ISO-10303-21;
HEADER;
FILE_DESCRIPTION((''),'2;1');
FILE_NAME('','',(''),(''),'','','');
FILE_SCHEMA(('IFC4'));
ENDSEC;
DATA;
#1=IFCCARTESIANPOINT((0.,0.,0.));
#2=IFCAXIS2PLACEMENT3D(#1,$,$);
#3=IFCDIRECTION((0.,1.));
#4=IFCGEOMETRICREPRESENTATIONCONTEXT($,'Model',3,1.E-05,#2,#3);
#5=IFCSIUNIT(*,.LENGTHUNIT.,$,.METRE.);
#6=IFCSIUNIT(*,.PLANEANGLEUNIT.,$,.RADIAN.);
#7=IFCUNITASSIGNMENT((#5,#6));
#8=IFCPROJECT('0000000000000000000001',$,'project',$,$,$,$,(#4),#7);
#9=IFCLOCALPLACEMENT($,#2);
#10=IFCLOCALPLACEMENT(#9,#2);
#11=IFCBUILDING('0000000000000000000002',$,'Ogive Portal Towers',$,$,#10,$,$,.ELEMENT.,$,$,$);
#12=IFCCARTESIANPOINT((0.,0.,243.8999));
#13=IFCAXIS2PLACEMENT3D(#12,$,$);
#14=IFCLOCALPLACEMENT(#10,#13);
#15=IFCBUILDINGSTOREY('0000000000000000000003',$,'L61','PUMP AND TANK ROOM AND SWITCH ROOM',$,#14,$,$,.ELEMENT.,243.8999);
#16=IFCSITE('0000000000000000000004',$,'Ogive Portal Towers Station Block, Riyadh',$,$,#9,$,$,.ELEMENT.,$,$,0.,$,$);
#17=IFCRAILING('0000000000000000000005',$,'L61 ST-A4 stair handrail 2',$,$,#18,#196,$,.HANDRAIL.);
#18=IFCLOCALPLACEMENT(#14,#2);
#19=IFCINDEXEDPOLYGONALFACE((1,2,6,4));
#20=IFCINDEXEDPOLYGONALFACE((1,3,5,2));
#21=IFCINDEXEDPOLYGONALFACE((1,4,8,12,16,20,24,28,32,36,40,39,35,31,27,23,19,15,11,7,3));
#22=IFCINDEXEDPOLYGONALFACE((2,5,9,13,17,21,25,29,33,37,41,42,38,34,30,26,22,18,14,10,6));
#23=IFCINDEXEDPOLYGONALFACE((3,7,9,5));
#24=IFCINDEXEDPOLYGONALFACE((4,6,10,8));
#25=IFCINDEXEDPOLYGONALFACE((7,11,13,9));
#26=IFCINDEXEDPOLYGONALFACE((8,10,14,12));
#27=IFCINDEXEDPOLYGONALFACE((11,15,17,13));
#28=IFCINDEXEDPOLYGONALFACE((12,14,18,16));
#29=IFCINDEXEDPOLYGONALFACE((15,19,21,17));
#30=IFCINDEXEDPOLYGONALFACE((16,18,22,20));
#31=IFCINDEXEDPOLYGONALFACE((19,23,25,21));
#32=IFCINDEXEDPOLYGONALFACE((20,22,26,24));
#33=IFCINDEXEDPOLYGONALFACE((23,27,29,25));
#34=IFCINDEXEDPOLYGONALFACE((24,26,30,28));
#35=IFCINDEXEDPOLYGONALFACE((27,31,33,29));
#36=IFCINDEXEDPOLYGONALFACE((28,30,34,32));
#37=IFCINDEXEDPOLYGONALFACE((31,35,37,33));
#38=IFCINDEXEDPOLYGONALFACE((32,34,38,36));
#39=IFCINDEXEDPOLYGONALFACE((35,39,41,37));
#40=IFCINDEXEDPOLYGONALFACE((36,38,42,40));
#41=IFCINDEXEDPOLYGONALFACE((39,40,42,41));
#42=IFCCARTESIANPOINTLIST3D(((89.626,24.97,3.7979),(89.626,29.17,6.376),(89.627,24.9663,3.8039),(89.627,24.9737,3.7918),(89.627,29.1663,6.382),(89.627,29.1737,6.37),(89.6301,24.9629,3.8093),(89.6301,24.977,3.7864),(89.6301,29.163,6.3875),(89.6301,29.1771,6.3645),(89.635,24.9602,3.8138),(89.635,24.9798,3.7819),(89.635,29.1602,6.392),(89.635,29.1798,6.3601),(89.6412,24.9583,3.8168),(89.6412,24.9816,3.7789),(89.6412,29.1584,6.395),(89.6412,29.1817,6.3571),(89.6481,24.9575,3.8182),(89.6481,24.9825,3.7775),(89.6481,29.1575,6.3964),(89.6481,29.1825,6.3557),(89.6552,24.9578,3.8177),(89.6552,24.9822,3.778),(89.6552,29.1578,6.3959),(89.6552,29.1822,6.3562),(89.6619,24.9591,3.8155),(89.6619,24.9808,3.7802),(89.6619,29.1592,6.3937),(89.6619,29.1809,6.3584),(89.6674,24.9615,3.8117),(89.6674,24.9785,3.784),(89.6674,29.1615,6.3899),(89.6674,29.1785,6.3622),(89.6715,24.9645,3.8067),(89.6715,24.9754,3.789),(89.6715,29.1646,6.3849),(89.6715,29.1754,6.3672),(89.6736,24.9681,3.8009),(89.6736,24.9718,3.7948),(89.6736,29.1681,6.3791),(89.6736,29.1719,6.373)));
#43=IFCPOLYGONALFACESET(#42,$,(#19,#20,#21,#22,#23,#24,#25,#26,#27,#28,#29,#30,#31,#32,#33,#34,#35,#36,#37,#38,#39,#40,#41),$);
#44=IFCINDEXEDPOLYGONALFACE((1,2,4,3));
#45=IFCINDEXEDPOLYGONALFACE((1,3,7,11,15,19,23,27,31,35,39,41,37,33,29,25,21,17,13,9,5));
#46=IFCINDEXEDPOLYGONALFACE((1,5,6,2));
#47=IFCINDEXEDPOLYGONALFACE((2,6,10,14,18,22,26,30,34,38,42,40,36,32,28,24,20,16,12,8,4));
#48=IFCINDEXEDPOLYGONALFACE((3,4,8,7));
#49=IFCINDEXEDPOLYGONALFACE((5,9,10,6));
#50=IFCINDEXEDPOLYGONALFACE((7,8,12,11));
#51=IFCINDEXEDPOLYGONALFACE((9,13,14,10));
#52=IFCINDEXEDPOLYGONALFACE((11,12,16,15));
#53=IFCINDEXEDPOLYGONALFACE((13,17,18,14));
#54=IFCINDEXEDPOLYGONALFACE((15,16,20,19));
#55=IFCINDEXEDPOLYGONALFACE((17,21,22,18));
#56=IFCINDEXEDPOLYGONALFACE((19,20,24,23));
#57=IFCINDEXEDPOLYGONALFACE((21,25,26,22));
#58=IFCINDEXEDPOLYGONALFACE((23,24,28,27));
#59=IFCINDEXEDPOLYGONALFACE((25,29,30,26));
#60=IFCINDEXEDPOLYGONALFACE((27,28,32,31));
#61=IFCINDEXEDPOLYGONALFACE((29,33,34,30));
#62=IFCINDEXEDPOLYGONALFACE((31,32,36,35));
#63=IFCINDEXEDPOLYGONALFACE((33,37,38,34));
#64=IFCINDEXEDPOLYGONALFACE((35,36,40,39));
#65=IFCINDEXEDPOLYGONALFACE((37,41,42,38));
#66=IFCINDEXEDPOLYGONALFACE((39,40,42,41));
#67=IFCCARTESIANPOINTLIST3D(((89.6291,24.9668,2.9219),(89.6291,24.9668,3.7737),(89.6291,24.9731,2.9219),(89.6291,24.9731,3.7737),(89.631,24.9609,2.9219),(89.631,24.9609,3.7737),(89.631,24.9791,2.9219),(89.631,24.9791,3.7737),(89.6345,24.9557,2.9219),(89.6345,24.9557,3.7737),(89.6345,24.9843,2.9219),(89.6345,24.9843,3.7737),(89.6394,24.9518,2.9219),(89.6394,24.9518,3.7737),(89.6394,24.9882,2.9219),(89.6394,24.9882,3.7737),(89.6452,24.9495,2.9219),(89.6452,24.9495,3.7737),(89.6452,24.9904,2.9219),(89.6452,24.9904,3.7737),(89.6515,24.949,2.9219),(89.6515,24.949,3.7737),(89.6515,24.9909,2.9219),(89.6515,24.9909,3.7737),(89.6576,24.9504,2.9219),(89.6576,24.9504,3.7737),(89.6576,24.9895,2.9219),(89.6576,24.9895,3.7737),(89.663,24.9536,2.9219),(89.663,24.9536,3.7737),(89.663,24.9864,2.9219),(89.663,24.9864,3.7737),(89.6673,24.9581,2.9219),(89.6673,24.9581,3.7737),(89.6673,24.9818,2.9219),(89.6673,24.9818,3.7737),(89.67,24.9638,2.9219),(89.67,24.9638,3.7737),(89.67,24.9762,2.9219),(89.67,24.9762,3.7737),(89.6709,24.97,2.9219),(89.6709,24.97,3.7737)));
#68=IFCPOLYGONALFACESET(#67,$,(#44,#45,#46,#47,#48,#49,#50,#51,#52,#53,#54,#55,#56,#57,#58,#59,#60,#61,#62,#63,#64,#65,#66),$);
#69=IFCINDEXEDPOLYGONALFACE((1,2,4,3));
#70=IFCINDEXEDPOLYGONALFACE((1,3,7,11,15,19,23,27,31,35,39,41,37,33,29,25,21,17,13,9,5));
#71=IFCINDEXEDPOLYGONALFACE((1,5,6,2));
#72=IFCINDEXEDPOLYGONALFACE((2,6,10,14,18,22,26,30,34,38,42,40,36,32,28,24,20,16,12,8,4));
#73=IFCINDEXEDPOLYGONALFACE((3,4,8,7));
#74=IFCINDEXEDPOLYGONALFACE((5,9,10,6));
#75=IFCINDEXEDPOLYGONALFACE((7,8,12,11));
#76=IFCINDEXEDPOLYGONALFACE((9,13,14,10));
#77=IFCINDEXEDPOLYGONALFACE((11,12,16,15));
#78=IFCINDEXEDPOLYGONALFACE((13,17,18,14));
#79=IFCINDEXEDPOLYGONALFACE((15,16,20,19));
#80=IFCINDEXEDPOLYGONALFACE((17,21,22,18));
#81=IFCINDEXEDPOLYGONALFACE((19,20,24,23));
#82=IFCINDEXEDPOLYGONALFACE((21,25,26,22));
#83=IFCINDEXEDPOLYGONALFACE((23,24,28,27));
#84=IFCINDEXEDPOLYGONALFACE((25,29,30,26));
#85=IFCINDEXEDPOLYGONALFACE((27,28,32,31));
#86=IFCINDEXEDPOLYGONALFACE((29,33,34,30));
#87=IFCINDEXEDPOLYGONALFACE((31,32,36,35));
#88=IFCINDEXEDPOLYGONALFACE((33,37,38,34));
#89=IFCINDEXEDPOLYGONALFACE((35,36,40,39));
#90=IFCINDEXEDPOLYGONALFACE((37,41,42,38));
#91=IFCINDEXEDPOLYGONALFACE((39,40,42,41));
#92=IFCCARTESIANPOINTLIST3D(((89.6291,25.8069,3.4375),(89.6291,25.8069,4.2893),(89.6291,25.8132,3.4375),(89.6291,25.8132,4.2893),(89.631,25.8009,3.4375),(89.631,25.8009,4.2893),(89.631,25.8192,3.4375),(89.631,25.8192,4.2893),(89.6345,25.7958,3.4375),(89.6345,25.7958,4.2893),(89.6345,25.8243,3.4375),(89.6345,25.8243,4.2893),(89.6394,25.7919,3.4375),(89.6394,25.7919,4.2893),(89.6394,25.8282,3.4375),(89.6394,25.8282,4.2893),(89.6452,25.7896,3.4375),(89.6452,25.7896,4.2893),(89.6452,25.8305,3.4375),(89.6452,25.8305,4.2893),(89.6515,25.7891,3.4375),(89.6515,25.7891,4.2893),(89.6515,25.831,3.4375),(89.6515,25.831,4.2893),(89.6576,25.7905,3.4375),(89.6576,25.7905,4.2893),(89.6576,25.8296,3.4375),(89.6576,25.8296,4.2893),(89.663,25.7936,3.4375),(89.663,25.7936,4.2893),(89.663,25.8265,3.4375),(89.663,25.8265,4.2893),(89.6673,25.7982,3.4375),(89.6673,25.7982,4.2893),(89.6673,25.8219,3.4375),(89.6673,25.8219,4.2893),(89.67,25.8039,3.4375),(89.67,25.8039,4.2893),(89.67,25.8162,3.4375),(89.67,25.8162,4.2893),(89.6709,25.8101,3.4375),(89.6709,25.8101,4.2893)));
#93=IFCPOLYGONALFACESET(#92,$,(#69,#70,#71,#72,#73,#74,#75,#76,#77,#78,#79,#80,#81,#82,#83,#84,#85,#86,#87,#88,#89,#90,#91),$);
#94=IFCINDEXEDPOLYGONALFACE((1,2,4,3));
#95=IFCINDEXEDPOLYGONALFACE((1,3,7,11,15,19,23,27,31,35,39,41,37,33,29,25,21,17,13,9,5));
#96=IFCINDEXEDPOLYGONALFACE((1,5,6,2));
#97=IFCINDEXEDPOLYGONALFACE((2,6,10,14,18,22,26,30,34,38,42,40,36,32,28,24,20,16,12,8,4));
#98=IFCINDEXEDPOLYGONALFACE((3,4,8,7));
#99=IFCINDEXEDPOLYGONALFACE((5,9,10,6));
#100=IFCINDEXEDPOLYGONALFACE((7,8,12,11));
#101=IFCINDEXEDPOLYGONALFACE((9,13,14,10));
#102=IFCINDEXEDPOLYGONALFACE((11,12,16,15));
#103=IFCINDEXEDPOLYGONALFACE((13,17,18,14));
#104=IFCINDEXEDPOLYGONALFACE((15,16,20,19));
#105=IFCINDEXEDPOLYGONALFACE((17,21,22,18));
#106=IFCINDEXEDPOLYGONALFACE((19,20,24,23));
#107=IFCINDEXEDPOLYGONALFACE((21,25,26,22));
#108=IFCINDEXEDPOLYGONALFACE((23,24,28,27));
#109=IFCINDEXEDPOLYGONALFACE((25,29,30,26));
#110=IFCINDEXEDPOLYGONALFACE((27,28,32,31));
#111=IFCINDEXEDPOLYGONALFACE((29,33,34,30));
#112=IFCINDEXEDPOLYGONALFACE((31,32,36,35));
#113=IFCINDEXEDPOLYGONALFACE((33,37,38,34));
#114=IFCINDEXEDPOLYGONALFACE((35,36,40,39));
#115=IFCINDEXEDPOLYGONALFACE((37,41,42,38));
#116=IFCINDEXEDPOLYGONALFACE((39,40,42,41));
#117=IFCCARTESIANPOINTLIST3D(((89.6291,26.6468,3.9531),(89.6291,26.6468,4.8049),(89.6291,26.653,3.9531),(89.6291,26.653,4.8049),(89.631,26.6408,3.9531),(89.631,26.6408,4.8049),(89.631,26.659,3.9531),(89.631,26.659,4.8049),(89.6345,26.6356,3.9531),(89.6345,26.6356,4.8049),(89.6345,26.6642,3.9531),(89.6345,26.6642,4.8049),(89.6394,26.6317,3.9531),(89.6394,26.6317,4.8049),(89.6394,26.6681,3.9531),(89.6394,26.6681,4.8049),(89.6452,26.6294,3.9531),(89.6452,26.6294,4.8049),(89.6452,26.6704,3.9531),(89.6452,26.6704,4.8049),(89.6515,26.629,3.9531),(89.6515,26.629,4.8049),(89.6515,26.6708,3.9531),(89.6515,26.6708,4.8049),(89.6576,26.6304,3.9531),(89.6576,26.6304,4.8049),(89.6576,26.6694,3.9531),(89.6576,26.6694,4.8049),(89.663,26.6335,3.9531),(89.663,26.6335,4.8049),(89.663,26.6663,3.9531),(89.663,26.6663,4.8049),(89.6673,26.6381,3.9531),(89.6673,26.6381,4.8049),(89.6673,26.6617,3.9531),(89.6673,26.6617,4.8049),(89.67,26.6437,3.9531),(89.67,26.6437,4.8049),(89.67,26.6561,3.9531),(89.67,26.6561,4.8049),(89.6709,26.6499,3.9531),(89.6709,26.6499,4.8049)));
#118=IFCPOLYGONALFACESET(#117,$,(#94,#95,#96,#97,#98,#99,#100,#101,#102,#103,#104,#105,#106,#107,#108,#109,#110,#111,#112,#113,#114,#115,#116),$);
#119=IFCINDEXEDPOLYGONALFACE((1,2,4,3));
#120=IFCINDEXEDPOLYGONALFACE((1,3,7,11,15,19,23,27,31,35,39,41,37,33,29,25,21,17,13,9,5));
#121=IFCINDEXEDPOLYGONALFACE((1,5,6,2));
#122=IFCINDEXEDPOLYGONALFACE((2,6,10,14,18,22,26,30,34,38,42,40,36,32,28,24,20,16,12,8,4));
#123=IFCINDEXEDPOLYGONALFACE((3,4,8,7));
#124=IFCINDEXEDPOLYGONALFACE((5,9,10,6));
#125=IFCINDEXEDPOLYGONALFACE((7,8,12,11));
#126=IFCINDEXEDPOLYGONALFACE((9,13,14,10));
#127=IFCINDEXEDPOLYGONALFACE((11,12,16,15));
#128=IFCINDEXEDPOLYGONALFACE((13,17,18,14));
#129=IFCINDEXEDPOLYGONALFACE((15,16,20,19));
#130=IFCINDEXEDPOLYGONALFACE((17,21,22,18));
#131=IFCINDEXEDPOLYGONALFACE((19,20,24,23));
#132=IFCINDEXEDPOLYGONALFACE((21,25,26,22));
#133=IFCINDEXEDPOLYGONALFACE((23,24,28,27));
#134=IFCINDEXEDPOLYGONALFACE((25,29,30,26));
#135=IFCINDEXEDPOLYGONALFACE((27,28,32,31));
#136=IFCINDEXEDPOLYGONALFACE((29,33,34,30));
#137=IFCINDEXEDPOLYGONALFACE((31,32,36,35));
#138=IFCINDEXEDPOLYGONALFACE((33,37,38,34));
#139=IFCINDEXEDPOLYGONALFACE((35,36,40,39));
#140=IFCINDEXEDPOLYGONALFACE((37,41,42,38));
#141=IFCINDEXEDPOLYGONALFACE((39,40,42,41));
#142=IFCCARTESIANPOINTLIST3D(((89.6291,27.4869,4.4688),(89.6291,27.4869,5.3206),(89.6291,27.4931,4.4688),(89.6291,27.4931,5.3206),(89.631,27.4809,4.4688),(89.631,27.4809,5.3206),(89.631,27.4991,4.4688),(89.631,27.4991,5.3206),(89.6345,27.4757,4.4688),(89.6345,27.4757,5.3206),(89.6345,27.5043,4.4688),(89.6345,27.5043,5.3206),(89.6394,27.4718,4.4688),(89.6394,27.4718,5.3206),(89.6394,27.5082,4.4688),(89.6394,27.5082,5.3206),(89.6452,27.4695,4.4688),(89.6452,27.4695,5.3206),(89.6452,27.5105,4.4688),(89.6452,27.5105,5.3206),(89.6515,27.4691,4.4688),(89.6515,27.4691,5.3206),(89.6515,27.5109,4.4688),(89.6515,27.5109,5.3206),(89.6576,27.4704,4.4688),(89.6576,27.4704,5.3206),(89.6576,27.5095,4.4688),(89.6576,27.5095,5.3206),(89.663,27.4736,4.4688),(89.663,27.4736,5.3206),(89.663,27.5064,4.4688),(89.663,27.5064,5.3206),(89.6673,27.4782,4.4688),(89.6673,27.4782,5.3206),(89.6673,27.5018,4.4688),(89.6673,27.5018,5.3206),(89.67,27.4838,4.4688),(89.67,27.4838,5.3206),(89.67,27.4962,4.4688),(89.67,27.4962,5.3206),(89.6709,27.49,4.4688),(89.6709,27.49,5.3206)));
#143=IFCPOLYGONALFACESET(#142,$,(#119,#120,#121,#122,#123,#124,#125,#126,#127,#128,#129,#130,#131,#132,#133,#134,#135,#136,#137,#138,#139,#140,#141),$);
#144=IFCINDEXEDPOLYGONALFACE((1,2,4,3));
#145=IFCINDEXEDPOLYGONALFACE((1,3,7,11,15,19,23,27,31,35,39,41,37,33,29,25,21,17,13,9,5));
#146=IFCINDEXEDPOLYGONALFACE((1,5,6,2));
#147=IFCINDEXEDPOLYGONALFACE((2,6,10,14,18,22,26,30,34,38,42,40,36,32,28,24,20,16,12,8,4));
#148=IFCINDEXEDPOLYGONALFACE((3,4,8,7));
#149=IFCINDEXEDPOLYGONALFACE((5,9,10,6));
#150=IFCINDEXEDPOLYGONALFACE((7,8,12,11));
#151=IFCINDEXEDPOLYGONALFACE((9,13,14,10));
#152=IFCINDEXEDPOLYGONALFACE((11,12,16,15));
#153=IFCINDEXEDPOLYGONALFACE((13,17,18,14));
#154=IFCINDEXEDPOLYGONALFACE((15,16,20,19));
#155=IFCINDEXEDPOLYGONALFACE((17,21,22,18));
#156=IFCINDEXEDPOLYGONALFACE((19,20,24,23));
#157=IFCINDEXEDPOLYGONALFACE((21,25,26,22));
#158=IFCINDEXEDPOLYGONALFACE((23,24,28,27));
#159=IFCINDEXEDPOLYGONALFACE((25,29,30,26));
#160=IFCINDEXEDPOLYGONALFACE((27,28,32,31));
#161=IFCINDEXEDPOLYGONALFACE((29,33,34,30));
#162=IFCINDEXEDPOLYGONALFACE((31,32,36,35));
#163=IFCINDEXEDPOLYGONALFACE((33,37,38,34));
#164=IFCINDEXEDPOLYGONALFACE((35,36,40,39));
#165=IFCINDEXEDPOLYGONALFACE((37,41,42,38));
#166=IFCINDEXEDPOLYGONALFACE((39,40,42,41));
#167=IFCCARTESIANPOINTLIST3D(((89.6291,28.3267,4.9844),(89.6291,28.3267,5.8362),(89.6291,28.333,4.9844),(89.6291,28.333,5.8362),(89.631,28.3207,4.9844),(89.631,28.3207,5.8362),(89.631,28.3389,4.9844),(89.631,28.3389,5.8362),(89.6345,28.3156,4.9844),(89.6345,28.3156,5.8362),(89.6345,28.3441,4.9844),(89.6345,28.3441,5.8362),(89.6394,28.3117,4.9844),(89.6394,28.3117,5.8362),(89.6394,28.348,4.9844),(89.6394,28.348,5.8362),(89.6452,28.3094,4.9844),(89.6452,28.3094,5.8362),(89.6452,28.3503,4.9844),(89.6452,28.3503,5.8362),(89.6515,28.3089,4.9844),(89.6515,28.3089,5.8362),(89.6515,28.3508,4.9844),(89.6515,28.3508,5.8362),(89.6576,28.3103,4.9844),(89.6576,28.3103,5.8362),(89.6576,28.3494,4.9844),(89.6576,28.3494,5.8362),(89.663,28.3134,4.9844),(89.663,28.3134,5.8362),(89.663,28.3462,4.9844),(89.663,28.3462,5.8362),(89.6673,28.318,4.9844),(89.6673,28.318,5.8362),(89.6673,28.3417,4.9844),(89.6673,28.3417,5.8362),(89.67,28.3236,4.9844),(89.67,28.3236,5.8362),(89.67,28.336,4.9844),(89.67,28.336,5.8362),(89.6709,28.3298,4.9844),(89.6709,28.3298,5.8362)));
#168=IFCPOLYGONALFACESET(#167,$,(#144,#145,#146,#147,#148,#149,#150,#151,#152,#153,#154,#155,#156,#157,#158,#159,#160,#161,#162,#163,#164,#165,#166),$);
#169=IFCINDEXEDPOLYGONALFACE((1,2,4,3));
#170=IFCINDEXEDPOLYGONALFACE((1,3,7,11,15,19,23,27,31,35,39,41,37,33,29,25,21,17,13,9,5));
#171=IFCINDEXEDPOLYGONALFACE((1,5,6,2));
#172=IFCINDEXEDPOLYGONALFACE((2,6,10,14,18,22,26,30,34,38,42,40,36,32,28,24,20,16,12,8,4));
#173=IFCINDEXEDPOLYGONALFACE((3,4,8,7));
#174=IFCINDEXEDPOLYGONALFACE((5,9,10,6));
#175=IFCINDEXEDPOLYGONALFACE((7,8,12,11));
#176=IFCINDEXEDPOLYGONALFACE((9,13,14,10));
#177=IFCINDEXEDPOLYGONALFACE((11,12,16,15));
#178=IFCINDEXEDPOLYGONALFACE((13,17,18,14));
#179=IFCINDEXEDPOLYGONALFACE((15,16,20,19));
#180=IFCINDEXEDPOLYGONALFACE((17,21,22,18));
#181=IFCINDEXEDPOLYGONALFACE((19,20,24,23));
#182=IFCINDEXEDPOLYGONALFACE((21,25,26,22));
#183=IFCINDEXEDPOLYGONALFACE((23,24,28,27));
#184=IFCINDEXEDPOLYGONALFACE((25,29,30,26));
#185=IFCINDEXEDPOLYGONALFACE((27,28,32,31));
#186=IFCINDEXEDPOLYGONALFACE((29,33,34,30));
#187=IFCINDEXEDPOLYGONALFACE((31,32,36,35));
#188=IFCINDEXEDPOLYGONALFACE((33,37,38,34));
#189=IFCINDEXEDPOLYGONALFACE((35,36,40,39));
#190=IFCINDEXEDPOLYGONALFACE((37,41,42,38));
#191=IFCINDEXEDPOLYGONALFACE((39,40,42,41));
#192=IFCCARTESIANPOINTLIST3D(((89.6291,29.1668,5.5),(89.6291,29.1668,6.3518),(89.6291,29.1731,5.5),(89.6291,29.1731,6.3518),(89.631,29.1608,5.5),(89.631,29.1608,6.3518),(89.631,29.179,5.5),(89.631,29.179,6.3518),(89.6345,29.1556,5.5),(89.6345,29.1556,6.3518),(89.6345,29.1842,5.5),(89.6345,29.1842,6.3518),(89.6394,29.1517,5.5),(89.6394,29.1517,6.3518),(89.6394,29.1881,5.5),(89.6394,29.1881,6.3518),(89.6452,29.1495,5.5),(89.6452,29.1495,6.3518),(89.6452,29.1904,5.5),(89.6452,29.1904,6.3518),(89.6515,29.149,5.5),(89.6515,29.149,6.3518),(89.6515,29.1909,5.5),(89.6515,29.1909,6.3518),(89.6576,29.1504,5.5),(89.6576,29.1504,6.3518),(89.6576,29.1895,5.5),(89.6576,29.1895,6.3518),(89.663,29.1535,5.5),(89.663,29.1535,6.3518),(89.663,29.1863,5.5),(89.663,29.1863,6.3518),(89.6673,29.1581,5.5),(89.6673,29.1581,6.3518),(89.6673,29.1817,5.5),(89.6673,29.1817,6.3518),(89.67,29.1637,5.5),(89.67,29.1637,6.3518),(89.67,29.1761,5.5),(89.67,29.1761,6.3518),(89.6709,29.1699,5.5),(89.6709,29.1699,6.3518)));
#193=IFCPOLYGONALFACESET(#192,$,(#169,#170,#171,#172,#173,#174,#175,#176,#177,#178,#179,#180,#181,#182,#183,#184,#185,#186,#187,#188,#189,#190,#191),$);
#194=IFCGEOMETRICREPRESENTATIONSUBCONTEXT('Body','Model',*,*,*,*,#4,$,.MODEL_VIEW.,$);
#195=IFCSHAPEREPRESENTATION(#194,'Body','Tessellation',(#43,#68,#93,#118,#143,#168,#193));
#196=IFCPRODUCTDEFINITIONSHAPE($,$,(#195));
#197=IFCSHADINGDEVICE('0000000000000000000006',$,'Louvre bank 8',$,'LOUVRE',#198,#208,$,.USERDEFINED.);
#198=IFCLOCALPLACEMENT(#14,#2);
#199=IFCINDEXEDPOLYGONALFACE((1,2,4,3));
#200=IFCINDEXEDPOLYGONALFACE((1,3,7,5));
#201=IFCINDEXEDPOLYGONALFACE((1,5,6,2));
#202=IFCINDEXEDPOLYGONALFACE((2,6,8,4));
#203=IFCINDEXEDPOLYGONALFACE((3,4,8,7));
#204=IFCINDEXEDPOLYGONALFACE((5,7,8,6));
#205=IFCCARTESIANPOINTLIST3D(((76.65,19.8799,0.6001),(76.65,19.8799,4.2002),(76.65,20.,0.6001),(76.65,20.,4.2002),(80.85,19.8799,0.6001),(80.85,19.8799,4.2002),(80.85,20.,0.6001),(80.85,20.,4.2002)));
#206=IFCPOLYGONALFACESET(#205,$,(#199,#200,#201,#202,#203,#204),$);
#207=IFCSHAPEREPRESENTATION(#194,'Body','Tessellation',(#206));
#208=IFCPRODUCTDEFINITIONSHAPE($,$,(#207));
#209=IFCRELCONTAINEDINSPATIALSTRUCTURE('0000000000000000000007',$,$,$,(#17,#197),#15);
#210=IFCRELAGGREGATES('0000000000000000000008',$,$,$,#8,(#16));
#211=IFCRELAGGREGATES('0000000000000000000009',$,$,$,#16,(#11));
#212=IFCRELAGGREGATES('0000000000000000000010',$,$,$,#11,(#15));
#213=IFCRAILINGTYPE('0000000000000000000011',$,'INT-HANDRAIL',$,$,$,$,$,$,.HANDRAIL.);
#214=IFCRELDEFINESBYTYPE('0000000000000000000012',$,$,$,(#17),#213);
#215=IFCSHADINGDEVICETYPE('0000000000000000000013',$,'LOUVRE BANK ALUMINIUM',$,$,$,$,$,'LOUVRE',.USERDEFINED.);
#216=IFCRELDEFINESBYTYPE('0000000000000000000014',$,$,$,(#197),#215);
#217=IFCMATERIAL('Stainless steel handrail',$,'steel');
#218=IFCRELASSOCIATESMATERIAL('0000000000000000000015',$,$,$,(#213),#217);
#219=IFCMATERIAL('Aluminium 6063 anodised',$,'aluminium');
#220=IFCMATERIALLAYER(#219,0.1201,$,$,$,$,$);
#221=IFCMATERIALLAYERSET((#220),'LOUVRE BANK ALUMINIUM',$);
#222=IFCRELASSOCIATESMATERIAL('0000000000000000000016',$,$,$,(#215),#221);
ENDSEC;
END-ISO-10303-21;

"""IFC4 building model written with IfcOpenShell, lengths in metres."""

from ifc_helpers import new_model, si_unit, direction, frame, origin, origin_2d, place, context, subcontext, project, spatial, rectangle, circle, extrude, material, layer, layer_set, type_object, element, save


model = new_model("IFC4")

# Units and contexts
model_context = context("Model", 3, precision=1e-05, world=origin(), true_north=direction((0.0, 1.0)))
body_context = subcontext(model_context, "Body", "Model", "MODEL_VIEW")
ifc_project = project(units=[si_unit("LENGTHUNIT", "METRE"), si_unit("PLANEANGLEUNIT", "RADIAN")], contexts=[model_context])

# Site, building, storey
site_placement = place(None, origin())
site = spatial("IfcSite", under=ifc_project, at=site_placement, Name="Ogive Portal Towers Station Block, Riyadh", CompositionType="ELEMENT", RefElevation=0.0)
building_placement = place(site_placement, origin())
building = spatial("IfcBuilding", under=site, at=building_placement, Name="Ogive Portal Towers", CompositionType="ELEMENT")
storey_placement = place(building_placement, frame((0.0, 0.0, 243.8999)))
storey = spatial("IfcBuildingStorey", under=building, at=storey_placement, Name="L61", Description="PUMP AND TANK ROOM AND SWITCH ROOM", CompositionType="ELEMENT", Elevation=243.8999)

# Railing
ifc_material_1 = material(Name="Stainless steel handrail", Category="steel")
railing_type_1 = type_object("IfcRailingType", Name="INT-HANDRAIL", PredefinedType="HANDRAIL", material=ifc_material_1)
railing_1_placement = place(storey_placement, frame((89.6499, 24.97, 2.9219)))
element("IfcRailing", 1, at=railing_1_placement, inside=storey, type_object=railing_type_1, Name="L61 ST-A4 stair handrail 2", PredefinedType="HANDRAIL", context=body_context, shape_type="SweptSolid", body=[
    extrude(circle(Radius=0.0239, at=origin_2d()), frame((0.0, 0.0, 0.876), z_axis=(0.0, 0.852243, 0.523146), x_axis=(-1.0, 0.0, 0.0)), (0.0, 0.0, 1.0), 4.9282),
    extrude(circle(Radius=0.021, at=origin_2d()), origin(), (0.0, 0.0, 1.0), 0.8518),
    extrude(circle(Radius=0.021, at=origin_2d()), frame((0.0, 0.8401, 0.5156)), (0.0, 0.0, 1.0), 0.8518),
    extrude(circle(Radius=0.021, at=origin_2d()), frame((0.0, 1.6799, 1.0312)), (0.0, 0.0, 1.0), 0.8518),
    extrude(circle(Radius=0.021, at=origin_2d()), frame((0.0, 2.52, 1.5469)), (0.0, 0.0, 1.0), 0.8518),
    extrude(circle(Radius=0.021, at=origin_2d()), frame((0.0, 3.3599, 2.0625)), (0.0, 0.0, 1.0), 0.8518),
    extrude(circle(Radius=0.021, at=origin_2d()), frame((0.0, 4.2, 2.5781)), (0.0, 0.0, 1.0), 0.8518),
])

# Shading device
ifc_material_2 = material(Name="Aluminium 6063 anodised", Category="aluminium")
ifc_layer_1 = layer(ifc_material_2, 0.1201)
ifc_layer_set_1 = layer_set([ifc_layer_1], Name="LOUVRE BANK ALUMINIUM")
shading_device_type = type_object("IfcShadingDeviceType", Name="LOUVRE BANK ALUMINIUM", ElementType="LOUVRE", PredefinedType="USERDEFINED", material=ifc_layer_set_1)
for number, where, z_axis, x_axis, name in (
    (2, (78.75, 19.9399, 0.6001), (0.0, 0.0, 1.0), (1.0, 0.0, 0.0), "Louvre bank 8"),
):
    element("IfcShadingDevice", number, at=place(storey_placement, frame(where, z_axis=z_axis, x_axis=x_axis)), inside=storey, type_object=shading_device_type, Name=name, ObjectType="LOUVRE", PredefinedType="USERDEFINED", context=body_context, shape_type="SweptSolid", body=[
        extrude(rectangle(XDim=4.2, YDim=0.1201, at=origin_2d()), origin(), (0.0, 0.0, 1.0), 3.6001),
    ])

save(model, "model.ifc")
